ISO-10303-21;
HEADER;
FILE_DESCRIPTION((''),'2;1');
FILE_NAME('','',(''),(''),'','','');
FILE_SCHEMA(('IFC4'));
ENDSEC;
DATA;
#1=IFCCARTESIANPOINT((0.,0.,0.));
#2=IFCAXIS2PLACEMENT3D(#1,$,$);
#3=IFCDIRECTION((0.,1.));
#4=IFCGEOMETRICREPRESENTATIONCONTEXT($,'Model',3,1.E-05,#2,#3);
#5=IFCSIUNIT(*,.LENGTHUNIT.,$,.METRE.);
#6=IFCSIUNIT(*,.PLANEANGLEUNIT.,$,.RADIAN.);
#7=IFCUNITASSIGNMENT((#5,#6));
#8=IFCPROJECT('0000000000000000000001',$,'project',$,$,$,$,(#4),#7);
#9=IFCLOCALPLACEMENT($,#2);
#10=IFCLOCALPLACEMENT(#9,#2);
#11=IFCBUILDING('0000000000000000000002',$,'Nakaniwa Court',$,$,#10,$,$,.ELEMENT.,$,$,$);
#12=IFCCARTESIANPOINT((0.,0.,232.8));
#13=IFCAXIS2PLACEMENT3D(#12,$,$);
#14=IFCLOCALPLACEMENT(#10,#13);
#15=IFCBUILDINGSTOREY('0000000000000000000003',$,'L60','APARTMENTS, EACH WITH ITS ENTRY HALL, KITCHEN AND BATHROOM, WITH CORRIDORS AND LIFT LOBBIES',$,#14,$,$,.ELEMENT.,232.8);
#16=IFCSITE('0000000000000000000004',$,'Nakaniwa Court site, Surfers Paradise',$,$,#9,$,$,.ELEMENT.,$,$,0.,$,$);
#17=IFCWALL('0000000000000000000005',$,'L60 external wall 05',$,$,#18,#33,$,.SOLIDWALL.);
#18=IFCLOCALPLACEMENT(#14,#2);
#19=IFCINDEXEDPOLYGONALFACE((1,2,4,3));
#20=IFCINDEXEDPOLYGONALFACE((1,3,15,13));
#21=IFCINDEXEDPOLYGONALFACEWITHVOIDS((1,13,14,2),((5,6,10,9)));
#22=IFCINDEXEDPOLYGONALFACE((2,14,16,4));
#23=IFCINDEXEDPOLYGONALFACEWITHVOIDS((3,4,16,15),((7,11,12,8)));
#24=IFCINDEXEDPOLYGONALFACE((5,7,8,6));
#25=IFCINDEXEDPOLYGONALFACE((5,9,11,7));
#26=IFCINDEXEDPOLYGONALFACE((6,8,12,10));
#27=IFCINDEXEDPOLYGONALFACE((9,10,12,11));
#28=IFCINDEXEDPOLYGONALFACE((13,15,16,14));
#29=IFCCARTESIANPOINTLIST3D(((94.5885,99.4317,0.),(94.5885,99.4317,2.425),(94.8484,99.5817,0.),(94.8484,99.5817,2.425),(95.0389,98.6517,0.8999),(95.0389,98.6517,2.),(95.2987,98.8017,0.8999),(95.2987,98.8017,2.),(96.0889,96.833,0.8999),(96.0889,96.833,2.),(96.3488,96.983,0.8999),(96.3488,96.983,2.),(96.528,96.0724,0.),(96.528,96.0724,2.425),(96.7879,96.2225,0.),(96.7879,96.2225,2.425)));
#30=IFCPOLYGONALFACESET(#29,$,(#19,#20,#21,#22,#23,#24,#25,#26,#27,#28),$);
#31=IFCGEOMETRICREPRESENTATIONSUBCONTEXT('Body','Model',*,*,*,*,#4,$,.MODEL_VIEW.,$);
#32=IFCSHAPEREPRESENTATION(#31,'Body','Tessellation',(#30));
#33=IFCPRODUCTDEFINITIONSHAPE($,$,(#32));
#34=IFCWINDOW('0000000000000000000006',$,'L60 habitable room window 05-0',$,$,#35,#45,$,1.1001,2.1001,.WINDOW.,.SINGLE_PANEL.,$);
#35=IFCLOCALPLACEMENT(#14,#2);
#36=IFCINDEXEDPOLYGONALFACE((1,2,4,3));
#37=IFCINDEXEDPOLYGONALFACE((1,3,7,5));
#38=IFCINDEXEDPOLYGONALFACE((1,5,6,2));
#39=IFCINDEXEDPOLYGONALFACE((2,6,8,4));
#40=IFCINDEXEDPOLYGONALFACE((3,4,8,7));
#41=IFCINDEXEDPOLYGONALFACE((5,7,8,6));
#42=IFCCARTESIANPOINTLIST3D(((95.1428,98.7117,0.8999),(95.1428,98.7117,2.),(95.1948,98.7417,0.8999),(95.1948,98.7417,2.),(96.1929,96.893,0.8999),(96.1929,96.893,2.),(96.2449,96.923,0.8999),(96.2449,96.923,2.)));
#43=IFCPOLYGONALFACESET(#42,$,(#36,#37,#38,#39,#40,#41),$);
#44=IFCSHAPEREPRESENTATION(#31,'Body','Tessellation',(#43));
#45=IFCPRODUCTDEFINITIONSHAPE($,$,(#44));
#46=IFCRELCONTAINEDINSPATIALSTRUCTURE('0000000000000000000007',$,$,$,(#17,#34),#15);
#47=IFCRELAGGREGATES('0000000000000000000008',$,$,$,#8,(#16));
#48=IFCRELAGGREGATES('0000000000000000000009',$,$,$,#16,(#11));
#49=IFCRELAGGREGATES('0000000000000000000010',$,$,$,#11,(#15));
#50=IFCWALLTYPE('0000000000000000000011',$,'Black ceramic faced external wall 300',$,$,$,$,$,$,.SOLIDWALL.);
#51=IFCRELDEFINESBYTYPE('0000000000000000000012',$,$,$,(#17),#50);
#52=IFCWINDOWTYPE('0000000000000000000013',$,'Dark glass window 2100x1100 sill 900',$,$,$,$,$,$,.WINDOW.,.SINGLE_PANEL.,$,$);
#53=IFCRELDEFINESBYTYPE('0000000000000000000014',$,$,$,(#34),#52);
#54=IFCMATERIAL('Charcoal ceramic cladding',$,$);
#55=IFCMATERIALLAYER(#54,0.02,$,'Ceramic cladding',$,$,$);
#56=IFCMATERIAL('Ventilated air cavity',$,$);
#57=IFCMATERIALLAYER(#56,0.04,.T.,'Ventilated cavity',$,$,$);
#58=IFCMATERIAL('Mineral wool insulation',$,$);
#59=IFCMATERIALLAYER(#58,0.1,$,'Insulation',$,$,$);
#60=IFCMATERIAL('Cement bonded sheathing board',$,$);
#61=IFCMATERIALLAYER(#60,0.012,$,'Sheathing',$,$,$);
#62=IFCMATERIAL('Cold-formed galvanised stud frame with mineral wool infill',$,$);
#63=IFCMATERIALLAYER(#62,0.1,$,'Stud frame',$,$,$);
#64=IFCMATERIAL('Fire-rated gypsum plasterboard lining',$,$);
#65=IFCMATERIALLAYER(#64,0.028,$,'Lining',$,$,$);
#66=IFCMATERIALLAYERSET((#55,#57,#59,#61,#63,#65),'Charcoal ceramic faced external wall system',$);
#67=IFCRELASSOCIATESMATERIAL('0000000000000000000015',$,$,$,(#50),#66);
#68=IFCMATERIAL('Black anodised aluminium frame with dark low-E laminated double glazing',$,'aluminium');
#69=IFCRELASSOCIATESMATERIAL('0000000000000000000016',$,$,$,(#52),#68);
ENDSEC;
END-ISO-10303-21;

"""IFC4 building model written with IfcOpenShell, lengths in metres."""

from ifc_helpers import new_model, si_unit, direction, frame, frame_2d, origin, place, context, subcontext, project, spatial, rectangle, extrude, material, layer, layer_set, type_object, element, fill, save


model = new_model("IFC4")

# Units and contexts
model_context = context("Model", 3, precision=1e-05, world=origin(), true_north=direction((0.0, 1.0)))
body_context = subcontext(model_context, "Body", "Model", "MODEL_VIEW")
ifc_project = project(units=[si_unit("LENGTHUNIT", "METRE"), si_unit("PLANEANGLEUNIT", "RADIAN")], contexts=[model_context])

# Site, building, storey
site_placement = place(None, origin())
site = spatial("IfcSite", under=ifc_project, at=site_placement, Name="Nakaniwa Court site, Surfers Paradise", CompositionType="ELEMENT", RefElevation=0.0)
building_placement = place(site_placement, origin())
building = spatial("IfcBuilding", under=site, at=building_placement, Name="Nakaniwa Court", CompositionType="ELEMENT")
storey_placement = place(building_placement, frame((0.0, 0.0, 232.8)))
storey = spatial("IfcBuildingStorey", under=building, at=storey_placement, Name="L60", Description="APARTMENTS, EACH WITH ITS ENTRY HALL, KITCHEN AND BATHROOM, WITH CORRIDORS AND LIFT LOBBIES", CompositionType="ELEMENT", Elevation=232.8)

# Shared definitions
ifc_material_1 = material(Name="Charcoal ceramic cladding")
ifc_layer_1 = layer(ifc_material_1, 0.02, Name="Ceramic cladding")
ifc_material_2 = material(Name="Ventilated air cavity")
ifc_layer_2 = layer(ifc_material_2, 0.04, ventilated=True, Name="Ventilated cavity")
ifc_material_3 = material(Name="Mineral wool insulation")
ifc_layer_3 = layer(ifc_material_3, 0.1, Name="Insulation")
ifc_material_4 = material(Name="Cement bonded sheathing board")
ifc_layer_4 = layer(ifc_material_4, 0.012, Name="Sheathing")
ifc_material_5 = material(Name="Cold-formed galvanised stud frame with mineral wool infill")
ifc_layer_5 = layer(ifc_material_5, 0.1, Name="Stud frame")
ifc_material_6 = material(Name="Fire-rated gypsum plasterboard lining")
ifc_layer_6 = layer(ifc_material_6, 0.028, Name="Lining")
ifc_layer_set_1 = layer_set([ifc_layer_1, ifc_layer_2, ifc_layer_3, ifc_layer_4, ifc_layer_5, ifc_layer_6], Name="Charcoal ceramic faced external wall system")
wall_type_1 = type_object("IfcWallType", Name="Black ceramic faced external wall 300", PredefinedType="SOLIDWALL", material=ifc_layer_set_1)
ifc_material_7 = material(Name="Black anodised aluminium frame with dark low-E laminated double glazing", Category="aluminium")

# Wall, opening, window
wall_1_placement = place(storey_placement, frame((96.658, 96.1475, 0.0), z_axis=(0.0, 0.0, 1.0), x_axis=(-0.500011, 0.866019, 0.0)))
wall_1 = element("IfcWall", 1, at=wall_1_placement, inside=storey, type_object=wall_type_1, Name="L60 external wall 05", PredefinedType="SOLIDWALL", context=body_context, shape_type="SweptSolid", body=[
    extrude(rectangle(XDim=3.8789, YDim=0.3, at=frame_2d((1.9395, 0.0))), origin(), (0.0, 0.0, 1.0), 2.425),
])
opening_1_placement = place(wall_1_placement, frame((0.8782, 0.0, 0.8999)))
opening_1 = element("IfcOpeningElement", 2, at=opening_1_placement, cuts=wall_1, PredefinedType="OPENING", context=body_context, shape_type="SweptSolid", body=[
    extrude(rectangle(XDim=2.1001, YDim=1.1001, at=frame_2d((1.05, 0.55))), frame((0.0, 0.1599, 0.0), z_axis=(0.0, -1.0, 0.0), x_axis=(1.0, 0.0, 0.0)), (0.0, 0.0, 1.0), 0.3201),
])
window_type_1 = type_object("IfcWindowType", Name="Dark glass window 2100x1100 sill 900", PartitioningType="SINGLE_PANEL", PredefinedType="WINDOW", material=ifc_material_7)
window_1_placement = place(opening_1_placement, origin())
window_1 = element("IfcWindow", 3, at=window_1_placement, inside=storey, type_object=window_type_1, Name="L60 habitable room window 05-0", OverallHeight=1.1001, OverallWidth=2.1001, PartitioningType="SINGLE_PANEL", PredefinedType="WINDOW", context=body_context, shape_type="SweptSolid", body=[
    extrude(rectangle(XDim=2.1001, YDim=1.1001, at=frame_2d((1.05, 0.55))), frame((0.0, 0.03, 0.0), z_axis=(0.0, -1.0, 0.0), x_axis=(1.0, 0.0, 0.0)), (0.0, 0.0, 1.0), 0.0601),
])
fill(opening_1, window_1)

save(model, "model.ifc")
